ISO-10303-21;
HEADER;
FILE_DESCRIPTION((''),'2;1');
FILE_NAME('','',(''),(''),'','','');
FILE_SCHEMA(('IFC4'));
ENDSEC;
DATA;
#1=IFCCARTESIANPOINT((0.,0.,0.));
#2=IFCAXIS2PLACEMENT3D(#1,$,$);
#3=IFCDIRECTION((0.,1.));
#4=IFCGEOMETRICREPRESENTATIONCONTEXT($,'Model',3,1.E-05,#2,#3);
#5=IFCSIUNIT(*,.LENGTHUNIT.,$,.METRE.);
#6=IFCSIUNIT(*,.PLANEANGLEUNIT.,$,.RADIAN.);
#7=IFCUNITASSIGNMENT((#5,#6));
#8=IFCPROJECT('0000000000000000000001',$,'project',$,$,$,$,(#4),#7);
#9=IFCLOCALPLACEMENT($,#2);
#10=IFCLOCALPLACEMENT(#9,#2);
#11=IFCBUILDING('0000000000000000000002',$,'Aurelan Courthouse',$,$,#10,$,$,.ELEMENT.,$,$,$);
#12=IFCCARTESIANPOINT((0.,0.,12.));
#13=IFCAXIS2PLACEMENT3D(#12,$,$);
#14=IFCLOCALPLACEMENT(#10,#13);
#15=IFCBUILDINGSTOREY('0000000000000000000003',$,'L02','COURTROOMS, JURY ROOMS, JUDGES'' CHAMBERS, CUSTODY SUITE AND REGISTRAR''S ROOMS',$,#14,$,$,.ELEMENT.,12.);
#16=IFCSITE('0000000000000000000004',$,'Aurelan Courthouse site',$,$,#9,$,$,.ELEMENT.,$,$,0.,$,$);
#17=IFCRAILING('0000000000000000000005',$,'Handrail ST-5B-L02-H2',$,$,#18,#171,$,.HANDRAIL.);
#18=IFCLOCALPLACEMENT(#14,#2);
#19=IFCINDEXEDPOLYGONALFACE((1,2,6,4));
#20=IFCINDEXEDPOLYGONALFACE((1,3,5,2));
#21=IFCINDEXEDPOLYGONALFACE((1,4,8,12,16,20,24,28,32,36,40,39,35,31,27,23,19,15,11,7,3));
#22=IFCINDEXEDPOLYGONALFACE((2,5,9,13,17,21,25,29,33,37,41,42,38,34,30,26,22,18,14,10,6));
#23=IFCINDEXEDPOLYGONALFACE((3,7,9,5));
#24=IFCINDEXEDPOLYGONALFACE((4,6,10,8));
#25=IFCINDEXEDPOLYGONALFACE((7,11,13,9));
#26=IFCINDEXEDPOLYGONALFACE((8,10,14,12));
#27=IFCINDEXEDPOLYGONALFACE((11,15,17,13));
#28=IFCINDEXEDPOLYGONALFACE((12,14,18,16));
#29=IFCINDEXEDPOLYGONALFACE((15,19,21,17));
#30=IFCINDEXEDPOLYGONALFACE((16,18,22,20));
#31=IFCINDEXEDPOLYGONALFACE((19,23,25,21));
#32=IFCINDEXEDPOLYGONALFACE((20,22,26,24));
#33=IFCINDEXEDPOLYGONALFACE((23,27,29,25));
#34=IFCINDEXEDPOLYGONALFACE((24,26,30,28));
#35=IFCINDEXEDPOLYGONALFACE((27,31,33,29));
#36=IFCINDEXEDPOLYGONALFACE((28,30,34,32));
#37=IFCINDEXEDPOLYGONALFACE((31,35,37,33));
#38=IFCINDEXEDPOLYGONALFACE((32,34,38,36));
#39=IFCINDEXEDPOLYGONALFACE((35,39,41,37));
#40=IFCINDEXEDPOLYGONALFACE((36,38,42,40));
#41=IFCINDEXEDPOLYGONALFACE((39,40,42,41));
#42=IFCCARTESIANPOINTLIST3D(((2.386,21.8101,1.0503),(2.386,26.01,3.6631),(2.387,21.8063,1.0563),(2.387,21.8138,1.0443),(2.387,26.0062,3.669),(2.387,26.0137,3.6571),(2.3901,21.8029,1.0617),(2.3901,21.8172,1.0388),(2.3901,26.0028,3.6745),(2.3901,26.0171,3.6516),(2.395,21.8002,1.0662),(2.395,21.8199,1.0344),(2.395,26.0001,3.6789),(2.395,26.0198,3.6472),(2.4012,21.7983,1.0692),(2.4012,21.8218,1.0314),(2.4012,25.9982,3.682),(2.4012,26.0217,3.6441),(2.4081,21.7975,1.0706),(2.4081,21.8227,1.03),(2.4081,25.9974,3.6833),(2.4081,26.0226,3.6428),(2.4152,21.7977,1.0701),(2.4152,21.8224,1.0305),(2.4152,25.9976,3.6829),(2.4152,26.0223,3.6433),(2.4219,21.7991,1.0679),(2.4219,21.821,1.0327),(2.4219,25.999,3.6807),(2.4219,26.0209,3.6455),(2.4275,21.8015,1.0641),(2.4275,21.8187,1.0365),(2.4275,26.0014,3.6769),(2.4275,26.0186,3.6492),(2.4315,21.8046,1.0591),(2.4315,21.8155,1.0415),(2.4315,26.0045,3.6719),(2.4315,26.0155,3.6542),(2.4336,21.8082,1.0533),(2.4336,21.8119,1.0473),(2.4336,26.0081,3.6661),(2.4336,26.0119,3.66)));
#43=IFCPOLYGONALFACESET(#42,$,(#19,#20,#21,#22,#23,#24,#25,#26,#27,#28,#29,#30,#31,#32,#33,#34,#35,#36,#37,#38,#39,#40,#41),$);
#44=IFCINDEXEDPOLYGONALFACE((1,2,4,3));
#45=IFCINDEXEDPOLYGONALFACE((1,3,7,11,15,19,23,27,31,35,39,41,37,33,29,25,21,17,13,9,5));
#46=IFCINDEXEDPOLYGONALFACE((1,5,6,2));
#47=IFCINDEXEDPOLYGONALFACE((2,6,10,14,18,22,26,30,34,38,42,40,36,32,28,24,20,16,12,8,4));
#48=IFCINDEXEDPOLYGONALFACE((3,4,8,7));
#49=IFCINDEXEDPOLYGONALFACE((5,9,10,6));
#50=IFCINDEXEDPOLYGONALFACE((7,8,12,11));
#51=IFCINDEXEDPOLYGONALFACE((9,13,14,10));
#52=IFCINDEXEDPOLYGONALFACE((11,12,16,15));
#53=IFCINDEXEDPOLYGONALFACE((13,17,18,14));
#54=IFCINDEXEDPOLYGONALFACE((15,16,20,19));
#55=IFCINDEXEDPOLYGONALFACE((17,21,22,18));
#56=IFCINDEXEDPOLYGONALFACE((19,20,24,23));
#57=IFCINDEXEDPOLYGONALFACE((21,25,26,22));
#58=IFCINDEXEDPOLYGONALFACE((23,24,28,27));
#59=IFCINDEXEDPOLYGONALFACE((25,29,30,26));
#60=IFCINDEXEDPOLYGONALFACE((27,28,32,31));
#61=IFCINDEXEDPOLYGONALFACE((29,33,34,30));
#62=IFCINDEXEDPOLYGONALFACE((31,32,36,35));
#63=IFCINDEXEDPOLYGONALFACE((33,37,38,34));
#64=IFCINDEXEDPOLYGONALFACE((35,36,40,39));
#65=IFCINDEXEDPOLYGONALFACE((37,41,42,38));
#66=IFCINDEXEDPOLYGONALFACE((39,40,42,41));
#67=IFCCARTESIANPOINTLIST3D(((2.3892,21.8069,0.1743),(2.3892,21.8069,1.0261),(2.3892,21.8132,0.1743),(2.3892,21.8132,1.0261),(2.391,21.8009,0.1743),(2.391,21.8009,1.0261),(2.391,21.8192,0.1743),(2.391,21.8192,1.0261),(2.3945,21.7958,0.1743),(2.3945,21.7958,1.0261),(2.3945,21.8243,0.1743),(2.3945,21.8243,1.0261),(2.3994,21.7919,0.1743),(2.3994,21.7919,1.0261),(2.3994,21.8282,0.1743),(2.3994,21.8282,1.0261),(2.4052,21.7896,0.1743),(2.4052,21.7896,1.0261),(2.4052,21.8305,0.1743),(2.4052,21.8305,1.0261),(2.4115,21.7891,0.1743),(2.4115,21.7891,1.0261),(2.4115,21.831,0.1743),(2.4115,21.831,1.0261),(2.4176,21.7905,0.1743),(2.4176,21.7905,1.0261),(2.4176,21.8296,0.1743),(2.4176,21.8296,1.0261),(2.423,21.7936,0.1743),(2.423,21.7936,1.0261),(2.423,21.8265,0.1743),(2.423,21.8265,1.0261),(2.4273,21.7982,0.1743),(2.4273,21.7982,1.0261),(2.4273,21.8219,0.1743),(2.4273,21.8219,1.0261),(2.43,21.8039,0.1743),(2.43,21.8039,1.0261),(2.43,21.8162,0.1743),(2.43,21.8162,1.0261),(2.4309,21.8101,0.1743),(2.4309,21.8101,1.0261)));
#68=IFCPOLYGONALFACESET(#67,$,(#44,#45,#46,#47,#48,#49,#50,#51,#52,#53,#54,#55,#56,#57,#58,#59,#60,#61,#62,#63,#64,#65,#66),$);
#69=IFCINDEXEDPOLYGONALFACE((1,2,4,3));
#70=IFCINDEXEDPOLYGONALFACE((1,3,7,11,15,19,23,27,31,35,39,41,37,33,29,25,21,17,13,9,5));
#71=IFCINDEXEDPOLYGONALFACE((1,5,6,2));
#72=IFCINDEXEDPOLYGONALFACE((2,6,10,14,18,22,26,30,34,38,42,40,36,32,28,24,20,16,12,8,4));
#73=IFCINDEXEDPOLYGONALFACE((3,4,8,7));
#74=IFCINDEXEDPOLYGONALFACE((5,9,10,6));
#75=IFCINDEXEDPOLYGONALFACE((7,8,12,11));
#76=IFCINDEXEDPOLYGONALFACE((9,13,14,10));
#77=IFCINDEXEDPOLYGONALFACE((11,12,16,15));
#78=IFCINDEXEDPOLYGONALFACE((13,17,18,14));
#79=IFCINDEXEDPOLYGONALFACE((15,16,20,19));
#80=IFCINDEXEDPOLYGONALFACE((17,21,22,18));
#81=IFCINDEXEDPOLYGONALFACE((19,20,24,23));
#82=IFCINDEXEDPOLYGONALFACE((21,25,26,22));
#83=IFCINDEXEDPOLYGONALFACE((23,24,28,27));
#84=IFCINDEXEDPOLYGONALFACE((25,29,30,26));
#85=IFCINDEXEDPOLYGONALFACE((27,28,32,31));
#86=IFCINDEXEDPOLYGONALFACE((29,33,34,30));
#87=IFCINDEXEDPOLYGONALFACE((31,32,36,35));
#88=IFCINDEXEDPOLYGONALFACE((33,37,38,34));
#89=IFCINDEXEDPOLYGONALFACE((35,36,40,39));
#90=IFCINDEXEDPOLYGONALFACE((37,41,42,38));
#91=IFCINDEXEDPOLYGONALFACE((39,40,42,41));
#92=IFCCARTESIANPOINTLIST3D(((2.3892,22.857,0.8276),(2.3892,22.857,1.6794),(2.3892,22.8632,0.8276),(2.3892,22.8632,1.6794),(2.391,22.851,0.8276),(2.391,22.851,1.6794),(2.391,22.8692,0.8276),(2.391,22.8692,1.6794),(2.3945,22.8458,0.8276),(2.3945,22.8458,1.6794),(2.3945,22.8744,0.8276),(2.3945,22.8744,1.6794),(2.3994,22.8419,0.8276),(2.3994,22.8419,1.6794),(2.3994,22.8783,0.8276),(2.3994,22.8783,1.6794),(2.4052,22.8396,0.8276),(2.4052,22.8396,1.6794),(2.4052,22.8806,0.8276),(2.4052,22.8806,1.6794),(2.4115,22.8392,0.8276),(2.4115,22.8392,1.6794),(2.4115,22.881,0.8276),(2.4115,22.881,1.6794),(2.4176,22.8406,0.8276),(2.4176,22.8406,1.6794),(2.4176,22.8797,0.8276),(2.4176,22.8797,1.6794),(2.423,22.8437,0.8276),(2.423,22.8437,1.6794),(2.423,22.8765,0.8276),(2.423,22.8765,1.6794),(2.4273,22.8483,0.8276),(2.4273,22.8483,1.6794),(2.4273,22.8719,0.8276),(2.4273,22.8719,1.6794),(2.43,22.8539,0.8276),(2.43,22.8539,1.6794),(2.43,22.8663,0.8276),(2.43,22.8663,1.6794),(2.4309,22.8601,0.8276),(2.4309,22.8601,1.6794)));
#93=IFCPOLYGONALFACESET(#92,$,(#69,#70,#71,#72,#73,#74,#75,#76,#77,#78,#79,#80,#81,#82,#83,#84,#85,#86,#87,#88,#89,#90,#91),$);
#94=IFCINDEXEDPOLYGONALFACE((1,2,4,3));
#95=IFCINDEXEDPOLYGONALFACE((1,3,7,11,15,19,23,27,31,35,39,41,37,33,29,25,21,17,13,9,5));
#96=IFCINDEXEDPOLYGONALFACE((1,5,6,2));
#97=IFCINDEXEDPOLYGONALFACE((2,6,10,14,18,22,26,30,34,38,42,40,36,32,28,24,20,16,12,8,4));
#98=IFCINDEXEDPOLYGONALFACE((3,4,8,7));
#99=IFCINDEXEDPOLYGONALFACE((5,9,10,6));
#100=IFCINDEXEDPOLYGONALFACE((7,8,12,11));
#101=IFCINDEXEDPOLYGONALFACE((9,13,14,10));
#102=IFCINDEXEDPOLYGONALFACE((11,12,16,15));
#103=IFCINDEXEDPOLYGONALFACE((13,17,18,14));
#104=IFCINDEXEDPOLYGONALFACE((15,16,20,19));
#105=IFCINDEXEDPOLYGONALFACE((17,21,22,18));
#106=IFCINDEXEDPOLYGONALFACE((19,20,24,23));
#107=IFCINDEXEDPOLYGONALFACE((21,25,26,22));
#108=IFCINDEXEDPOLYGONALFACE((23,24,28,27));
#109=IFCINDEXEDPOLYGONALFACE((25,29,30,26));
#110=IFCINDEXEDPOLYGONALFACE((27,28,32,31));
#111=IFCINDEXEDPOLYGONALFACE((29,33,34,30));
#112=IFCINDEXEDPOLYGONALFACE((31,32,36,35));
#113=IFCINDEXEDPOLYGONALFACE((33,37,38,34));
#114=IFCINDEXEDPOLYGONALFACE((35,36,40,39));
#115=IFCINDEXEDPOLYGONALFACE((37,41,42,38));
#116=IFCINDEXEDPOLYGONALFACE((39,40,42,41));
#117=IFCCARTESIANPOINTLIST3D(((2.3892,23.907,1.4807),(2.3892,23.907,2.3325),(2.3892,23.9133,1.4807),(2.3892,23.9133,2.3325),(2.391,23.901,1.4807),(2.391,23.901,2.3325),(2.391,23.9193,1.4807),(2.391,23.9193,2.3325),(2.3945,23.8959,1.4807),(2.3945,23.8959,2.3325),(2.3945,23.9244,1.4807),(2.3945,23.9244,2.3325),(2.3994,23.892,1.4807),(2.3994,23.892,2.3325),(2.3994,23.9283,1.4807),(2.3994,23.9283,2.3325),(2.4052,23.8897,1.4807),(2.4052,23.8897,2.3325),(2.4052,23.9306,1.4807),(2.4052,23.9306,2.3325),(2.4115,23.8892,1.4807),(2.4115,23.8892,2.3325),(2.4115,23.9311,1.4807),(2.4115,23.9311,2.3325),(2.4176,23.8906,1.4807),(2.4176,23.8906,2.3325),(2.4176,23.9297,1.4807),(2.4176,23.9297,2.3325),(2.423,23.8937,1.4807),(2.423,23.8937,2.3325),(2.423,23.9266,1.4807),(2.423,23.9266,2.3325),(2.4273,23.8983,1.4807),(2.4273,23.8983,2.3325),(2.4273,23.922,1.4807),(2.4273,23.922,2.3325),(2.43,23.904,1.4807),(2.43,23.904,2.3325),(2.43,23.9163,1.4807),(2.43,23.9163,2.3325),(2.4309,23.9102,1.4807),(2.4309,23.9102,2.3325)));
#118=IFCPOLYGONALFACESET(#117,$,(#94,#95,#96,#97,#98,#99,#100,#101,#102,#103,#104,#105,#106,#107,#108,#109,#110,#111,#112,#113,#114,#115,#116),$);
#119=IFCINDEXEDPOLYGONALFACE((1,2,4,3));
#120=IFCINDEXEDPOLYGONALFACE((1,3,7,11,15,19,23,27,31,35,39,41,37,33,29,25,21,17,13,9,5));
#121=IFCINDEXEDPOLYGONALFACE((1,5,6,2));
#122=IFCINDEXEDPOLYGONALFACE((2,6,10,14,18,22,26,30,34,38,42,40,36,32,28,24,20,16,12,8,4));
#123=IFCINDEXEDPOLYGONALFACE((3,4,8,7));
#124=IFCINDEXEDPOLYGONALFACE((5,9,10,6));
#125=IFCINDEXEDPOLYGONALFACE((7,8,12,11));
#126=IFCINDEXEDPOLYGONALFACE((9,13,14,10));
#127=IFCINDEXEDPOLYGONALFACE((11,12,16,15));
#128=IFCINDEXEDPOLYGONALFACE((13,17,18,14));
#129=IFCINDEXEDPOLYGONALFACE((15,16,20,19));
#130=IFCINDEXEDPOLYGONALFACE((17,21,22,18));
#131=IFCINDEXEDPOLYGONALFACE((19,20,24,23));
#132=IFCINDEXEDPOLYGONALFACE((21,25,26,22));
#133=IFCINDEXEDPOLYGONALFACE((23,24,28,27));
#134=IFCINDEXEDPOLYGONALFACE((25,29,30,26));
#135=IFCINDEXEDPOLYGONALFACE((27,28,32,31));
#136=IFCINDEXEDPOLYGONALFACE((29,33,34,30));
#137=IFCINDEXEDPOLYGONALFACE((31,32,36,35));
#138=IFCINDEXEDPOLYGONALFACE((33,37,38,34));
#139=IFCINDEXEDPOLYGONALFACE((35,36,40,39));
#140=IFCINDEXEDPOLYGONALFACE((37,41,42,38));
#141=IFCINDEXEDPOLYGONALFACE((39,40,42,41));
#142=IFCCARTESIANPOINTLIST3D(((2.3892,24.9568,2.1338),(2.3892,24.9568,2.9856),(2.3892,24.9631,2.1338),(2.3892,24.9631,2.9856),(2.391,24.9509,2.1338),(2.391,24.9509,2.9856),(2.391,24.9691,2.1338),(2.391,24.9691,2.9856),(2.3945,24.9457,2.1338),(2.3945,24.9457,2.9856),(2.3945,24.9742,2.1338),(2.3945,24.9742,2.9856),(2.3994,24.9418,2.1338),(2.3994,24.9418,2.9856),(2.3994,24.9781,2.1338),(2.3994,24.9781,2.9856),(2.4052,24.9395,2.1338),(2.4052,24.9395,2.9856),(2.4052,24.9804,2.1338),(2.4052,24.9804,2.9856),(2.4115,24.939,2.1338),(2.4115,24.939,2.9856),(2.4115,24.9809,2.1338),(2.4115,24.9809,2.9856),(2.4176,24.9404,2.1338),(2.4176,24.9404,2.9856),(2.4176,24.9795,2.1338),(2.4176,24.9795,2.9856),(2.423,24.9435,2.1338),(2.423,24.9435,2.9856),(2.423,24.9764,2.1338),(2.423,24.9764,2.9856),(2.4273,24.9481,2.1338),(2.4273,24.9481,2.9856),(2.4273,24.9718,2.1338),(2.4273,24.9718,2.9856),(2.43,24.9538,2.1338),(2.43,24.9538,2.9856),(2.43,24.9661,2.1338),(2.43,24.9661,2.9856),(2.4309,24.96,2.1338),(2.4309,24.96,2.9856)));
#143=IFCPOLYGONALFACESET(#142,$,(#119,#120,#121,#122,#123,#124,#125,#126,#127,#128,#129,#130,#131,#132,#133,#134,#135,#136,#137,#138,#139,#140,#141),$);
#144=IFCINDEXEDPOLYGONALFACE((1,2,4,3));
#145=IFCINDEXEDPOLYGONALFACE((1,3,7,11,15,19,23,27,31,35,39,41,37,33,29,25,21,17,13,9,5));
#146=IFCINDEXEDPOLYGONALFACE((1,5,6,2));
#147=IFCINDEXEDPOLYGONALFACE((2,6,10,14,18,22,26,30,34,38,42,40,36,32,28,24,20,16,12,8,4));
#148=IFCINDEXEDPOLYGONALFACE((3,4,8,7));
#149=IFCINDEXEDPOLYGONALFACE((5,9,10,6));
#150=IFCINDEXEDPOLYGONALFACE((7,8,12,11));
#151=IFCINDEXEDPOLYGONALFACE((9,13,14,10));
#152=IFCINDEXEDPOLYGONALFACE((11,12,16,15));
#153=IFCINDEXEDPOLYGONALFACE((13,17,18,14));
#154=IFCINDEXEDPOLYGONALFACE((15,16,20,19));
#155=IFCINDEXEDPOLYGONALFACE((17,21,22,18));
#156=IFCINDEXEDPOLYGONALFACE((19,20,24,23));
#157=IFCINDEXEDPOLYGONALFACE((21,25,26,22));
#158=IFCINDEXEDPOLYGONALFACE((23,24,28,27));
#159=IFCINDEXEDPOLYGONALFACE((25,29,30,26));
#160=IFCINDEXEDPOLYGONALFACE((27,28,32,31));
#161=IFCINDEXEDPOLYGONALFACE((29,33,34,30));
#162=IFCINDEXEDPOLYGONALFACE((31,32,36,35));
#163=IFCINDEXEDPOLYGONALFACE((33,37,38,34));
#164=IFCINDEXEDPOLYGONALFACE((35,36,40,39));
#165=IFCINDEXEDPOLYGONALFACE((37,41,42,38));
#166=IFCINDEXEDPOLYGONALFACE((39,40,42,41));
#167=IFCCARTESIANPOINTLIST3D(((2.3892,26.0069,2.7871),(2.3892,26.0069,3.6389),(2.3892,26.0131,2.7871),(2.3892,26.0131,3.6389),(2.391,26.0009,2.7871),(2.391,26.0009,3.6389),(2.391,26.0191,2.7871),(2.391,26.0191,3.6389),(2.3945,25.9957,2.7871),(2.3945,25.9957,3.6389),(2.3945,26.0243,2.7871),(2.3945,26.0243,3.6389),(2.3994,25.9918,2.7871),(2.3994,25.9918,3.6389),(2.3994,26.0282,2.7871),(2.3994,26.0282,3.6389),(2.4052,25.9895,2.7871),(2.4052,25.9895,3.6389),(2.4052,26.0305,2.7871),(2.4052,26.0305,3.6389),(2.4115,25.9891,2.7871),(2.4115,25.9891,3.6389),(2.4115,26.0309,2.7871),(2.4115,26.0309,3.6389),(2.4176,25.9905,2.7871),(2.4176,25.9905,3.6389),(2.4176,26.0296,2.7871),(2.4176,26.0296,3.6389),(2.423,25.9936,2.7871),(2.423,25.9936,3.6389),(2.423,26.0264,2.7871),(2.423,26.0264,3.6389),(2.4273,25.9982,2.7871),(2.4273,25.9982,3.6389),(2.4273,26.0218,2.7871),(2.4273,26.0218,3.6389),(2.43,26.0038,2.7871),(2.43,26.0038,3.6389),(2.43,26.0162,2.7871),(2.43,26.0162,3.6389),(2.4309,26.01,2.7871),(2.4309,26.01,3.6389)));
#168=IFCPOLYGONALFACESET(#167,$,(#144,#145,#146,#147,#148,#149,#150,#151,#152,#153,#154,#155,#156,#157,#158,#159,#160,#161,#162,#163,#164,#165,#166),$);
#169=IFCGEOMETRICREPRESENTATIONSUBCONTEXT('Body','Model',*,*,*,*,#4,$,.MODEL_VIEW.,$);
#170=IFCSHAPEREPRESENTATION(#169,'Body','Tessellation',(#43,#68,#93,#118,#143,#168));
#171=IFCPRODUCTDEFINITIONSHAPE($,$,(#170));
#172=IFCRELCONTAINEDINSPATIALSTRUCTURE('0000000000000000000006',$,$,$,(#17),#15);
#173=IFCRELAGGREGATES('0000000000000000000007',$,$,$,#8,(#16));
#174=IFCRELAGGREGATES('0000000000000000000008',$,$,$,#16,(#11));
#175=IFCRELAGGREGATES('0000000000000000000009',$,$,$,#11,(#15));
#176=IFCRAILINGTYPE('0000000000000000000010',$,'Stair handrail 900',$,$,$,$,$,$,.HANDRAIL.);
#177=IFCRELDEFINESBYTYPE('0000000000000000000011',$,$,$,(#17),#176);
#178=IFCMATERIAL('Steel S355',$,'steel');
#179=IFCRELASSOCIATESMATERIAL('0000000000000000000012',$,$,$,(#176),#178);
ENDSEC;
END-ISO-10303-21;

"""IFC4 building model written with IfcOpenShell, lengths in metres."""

from ifc_helpers import new_model, si_unit, direction, frame, origin, origin_2d, place, context, subcontext, project, spatial, circle, extrude, material, type_object, element, save


model = new_model("IFC4")

# Units and contexts
model_context = context("Model", 3, precision=1e-05, world=origin(), true_north=direction((0.0, 1.0)))
body_context = subcontext(model_context, "Body", "Model", "MODEL_VIEW")
ifc_project = project(units=[si_unit("LENGTHUNIT", "METRE"), si_unit("PLANEANGLEUNIT", "RADIAN")], contexts=[model_context])

# Site, building, storey
site_placement = place(None, origin())
site = spatial("IfcSite", under=ifc_project, at=site_placement, Name="Aurelan Courthouse site", CompositionType="ELEMENT", RefElevation=0.0)
building_placement = place(site_placement, origin())
building = spatial("IfcBuilding", under=site, at=building_placement, Name="Aurelan Courthouse", CompositionType="ELEMENT")
storey_placement = place(building_placement, frame((0.0, 0.0, 12.0)))
storey = spatial("IfcBuildingStorey", under=building, at=storey_placement, Name="L02", Description="COURTROOMS, JURY ROOMS, JUDGES' CHAMBERS, CUSTODY SUITE AND REGISTRAR'S ROOMS", CompositionType="ELEMENT", Elevation=12.0)

# Railing
ifc_material_1 = material(Name="Steel S355", Category="steel")
railing_type = type_object("IfcRailingType", Name="Stair handrail 900", PredefinedType="HANDRAIL", material=ifc_material_1)
for number, where, name in (
    (1, (2.4099, 21.8101, 0.1743), "Handrail ST-5B-L02-H2"),
):
    element("IfcRailing", number, at=place(storey_placement, frame(where)), inside=storey, type_object=railing_type, Name=name, PredefinedType="HANDRAIL", context=body_context, shape_type="SweptSolid", body=[
        extrude(circle(Radius=0.0239, at=origin_2d()), frame((0.0, 0.0, 0.876), z_axis=(0.0, 0.849103, 0.528228), x_axis=(-1.0, 0.0, 0.0)), (0.0, 0.0, 1.0), 4.9463),
        extrude(circle(Radius=0.021, at=origin_2d()), origin(), (0.0, 0.0, 1.0), 0.8518),
        extrude(circle(Radius=0.021, at=origin_2d()), frame((0.0, 1.05, 0.6533)), (0.0, 0.0, 1.0), 0.8518),
        extrude(circle(Radius=0.021, at=origin_2d()), frame((0.0, 2.1001, 1.3064)), (0.0, 0.0, 1.0), 0.8518),
        extrude(circle(Radius=0.021, at=origin_2d()), frame((0.0, 3.1499, 1.9595)), (0.0, 0.0, 1.0), 0.8518),
        extrude(circle(Radius=0.021, at=origin_2d()), frame((0.0, 4.2, 2.6128)), (0.0, 0.0, 1.0), 0.8518),
    ])

save(model, "model.ifc")
